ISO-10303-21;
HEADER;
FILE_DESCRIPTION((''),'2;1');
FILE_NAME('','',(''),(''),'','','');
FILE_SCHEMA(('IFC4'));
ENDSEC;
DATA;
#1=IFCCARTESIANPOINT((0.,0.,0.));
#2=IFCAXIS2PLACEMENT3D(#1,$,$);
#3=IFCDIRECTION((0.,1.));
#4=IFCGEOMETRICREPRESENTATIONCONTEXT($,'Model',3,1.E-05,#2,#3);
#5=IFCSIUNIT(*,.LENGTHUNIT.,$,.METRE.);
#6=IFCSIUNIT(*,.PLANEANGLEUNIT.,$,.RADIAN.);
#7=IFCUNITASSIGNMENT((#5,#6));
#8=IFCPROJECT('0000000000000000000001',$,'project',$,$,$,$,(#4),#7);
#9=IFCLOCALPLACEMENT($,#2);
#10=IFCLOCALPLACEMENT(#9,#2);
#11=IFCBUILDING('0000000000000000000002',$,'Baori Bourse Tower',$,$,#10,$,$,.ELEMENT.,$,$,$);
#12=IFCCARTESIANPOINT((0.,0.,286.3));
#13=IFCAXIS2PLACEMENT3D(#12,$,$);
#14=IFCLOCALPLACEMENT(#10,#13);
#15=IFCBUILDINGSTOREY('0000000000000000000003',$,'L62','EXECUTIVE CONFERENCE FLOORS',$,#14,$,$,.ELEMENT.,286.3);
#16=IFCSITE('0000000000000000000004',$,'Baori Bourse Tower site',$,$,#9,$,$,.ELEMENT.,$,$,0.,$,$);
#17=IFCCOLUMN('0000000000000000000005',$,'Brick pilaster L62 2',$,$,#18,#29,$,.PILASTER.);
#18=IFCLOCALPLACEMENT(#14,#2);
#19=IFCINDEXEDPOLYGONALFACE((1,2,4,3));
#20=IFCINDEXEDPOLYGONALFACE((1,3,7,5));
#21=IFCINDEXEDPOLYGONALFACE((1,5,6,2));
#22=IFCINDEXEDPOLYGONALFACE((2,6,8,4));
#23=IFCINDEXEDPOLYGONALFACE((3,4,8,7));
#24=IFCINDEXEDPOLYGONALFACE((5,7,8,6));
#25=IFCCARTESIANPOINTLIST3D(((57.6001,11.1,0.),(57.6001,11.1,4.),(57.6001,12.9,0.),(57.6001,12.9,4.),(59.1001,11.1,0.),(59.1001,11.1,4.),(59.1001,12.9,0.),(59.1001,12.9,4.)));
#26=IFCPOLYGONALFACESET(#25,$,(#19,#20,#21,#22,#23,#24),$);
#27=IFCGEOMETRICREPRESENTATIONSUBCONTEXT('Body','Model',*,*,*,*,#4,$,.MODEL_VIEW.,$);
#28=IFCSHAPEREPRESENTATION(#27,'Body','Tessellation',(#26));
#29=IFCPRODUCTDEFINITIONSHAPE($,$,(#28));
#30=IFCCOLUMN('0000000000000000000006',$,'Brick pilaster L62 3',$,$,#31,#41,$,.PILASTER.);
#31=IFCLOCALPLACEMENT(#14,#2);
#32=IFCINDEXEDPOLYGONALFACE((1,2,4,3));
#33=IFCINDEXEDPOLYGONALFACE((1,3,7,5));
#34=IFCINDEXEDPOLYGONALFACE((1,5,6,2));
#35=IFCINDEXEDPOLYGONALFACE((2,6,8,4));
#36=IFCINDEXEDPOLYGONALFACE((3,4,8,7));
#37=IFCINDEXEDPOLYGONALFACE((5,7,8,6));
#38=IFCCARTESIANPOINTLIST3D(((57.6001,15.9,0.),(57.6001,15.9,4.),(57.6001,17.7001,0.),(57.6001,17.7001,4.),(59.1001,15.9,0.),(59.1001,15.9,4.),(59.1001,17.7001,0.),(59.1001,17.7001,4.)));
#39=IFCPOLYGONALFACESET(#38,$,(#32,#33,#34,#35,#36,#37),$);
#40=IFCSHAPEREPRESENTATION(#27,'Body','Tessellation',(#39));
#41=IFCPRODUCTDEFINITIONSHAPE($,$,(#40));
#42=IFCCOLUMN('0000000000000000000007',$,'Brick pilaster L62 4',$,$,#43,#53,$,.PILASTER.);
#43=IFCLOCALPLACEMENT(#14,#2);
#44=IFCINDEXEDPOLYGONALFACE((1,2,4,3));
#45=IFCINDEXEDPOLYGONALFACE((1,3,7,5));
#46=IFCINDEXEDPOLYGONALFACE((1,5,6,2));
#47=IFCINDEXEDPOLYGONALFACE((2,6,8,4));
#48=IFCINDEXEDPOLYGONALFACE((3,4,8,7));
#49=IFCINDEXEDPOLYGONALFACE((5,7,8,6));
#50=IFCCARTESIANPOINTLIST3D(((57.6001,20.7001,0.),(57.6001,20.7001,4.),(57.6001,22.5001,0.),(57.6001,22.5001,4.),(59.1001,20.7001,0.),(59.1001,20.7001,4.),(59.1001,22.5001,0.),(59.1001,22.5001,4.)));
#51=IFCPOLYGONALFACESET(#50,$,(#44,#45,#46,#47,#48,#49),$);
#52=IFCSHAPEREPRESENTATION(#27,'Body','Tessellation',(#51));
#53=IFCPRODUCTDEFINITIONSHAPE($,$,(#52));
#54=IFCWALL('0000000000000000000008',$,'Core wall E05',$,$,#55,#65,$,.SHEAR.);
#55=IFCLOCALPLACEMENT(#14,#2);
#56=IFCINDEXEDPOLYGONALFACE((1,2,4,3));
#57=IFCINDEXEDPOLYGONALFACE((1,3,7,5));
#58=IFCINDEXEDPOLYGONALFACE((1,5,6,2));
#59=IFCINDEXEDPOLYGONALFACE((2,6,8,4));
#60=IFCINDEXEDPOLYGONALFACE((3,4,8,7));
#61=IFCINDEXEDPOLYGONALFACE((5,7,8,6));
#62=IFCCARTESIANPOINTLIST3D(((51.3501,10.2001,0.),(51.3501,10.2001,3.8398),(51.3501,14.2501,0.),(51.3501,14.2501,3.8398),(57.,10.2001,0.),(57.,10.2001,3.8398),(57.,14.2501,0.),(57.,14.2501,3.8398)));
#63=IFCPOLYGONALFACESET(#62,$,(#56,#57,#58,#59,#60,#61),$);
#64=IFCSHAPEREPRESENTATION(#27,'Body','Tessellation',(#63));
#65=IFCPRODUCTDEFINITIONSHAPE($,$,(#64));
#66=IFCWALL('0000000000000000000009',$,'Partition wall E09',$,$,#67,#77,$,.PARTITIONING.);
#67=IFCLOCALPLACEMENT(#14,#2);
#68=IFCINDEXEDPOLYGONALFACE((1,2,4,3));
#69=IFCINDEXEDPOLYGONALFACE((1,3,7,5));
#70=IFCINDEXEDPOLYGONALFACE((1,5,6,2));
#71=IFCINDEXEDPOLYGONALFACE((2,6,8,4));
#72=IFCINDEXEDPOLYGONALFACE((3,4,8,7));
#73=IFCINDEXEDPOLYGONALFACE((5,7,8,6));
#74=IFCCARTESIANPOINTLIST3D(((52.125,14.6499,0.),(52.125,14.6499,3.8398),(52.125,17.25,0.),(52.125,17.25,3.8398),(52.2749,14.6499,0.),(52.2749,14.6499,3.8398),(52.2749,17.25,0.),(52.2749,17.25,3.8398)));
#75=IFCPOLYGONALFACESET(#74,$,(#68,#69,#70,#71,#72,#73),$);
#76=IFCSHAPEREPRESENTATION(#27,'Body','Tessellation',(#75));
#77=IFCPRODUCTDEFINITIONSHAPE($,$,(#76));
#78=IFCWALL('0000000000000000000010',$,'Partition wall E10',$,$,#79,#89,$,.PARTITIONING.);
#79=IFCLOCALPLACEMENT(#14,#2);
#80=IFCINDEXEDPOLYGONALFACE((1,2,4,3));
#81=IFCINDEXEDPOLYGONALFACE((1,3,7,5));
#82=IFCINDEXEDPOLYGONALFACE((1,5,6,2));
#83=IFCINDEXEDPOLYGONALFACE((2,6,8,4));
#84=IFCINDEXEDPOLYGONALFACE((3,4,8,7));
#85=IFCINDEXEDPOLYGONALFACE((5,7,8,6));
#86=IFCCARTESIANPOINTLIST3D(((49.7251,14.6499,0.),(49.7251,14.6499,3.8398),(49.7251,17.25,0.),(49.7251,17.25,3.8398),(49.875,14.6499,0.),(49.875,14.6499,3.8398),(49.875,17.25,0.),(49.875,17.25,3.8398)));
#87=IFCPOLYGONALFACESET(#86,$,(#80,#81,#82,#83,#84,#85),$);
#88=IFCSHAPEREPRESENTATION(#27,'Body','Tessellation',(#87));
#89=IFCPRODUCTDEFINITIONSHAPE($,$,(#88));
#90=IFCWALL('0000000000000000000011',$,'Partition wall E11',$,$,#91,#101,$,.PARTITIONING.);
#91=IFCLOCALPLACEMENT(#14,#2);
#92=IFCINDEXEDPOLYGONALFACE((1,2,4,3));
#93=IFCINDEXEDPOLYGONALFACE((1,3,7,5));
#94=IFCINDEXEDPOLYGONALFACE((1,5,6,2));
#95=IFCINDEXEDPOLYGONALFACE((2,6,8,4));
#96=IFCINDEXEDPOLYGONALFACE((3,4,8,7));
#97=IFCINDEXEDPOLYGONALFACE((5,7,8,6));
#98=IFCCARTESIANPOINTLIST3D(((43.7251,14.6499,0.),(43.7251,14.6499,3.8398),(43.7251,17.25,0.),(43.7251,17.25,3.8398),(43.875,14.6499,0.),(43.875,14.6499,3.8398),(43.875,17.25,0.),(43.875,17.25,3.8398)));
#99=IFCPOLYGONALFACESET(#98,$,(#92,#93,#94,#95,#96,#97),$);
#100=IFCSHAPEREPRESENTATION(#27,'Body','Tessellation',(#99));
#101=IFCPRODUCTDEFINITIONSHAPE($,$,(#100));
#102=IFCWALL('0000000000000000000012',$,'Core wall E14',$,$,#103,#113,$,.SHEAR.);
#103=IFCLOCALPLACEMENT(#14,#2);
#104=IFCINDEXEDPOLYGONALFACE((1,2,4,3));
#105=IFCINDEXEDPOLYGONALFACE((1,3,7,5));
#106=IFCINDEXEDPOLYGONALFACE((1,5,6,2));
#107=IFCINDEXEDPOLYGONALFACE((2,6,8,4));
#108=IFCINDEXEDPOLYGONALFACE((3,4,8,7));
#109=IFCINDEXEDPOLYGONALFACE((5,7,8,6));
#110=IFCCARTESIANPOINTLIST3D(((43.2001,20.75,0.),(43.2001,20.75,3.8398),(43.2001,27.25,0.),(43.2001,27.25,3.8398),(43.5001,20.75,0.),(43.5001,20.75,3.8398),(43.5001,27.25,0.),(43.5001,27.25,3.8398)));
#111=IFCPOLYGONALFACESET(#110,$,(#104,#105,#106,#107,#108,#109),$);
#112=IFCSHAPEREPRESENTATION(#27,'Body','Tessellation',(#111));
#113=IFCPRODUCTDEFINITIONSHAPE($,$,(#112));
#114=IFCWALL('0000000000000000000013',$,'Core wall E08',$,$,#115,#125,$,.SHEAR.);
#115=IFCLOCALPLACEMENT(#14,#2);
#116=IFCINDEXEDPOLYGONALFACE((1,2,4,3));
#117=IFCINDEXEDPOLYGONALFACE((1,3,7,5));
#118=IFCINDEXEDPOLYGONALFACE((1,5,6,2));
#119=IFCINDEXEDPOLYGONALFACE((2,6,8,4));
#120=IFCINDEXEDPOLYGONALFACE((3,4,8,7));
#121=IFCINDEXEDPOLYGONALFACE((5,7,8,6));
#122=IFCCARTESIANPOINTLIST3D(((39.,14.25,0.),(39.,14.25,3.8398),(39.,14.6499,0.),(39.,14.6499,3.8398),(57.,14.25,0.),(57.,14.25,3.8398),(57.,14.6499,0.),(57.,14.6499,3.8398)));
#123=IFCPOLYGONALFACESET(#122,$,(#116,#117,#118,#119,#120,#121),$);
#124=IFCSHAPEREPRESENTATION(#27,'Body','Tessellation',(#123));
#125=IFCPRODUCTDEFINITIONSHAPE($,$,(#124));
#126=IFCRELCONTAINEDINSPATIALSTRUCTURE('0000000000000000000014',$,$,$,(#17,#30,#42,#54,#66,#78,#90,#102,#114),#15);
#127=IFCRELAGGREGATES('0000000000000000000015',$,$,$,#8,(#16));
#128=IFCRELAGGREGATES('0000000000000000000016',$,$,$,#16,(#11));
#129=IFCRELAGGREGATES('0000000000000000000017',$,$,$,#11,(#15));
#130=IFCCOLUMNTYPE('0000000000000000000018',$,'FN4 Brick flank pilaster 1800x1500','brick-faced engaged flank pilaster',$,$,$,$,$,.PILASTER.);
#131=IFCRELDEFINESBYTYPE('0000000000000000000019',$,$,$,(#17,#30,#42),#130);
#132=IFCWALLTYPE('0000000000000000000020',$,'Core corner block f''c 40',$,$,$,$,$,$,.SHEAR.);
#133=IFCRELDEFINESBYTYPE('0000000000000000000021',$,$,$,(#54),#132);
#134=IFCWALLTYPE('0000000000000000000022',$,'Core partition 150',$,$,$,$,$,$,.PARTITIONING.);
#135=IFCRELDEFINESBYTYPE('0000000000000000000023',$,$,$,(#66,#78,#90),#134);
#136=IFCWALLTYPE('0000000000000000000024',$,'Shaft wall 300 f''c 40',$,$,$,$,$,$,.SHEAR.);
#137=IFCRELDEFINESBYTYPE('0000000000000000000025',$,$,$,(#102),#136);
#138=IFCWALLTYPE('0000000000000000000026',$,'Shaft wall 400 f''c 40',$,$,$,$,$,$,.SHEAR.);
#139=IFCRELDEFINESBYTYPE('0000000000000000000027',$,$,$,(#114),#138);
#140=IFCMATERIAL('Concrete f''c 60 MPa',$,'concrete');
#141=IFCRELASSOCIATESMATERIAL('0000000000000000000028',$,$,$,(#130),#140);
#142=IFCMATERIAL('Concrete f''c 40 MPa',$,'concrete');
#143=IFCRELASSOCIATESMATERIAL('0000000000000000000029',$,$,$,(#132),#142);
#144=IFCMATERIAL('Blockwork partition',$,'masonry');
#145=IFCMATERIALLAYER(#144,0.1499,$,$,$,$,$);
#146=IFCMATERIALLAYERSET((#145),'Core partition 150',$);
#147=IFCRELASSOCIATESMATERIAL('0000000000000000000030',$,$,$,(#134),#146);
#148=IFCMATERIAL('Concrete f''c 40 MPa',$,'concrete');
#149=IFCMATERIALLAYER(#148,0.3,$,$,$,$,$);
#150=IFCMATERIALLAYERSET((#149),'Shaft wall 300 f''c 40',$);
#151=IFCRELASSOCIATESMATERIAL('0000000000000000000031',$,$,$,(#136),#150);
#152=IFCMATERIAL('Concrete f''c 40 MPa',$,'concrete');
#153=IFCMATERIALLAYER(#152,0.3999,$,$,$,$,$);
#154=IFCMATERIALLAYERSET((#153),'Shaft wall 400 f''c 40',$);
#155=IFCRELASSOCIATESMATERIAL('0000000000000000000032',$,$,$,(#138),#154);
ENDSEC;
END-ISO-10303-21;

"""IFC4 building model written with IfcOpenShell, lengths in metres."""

from ifc_helpers import new_model, si_unit, direction, frame, frame_2d, origin, origin_2d, place, context, subcontext, project, spatial, rectangle, extrude, material, layer, layer_set, material_profile, profile_set, type_object, element, save


model = new_model("IFC4")

# Units and contexts
model_context = context("Model", 3, precision=1e-05, world=origin(), true_north=direction((0.0, 1.0)))
body_context = subcontext(model_context, "Body", "Model", "MODEL_VIEW")
ifc_project = project(units=[si_unit("LENGTHUNIT", "METRE"), si_unit("PLANEANGLEUNIT", "RADIAN")], contexts=[model_context])

# Site, building, storey
site_placement = place(None, origin())
site = spatial("IfcSite", under=ifc_project, at=site_placement, Name="Baori Bourse Tower site", CompositionType="ELEMENT", RefElevation=0.0)
building_placement = place(site_placement, origin())
building = spatial("IfcBuilding", under=site, at=building_placement, Name="Baori Bourse Tower", CompositionType="ELEMENT")
storey_placement = place(building_placement, frame((0.0, 0.0, 286.3)))
storey = spatial("IfcBuildingStorey", under=building, at=storey_placement, Name="L62", Description="EXECUTIVE CONFERENCE FLOORS", CompositionType="ELEMENT", Elevation=286.3)

# Columns
ifc_material_1 = material(Name="Concrete f'c 60 MPa", Category="concrete")
ifc_material_profile = material_profile(ifc_material_1, rectangle(XDim=1.8, YDim=1.5, at=origin_2d()), Name="RC 1800x1500")
ifc_profile_set = profile_set([ifc_material_profile], Name="Concrete f'c 60 MPa")
column_type = type_object("IfcColumnType", Name="FN4 Brick flank pilaster 1800x1500", Description="brick-faced engaged flank pilaster", PredefinedType="PILASTER", material=ifc_profile_set)
for number, where, z_axis, x_axis, name in (
    (1, (58.3501, 12.0, 0.0), (0.0, 0.0, 1.0), (0.0, 1.0, 0.0), "Brick pilaster L62 2"),
    (2, (58.3501, 16.8, 0.0), (0.0, 0.0, 1.0), (0.0, 1.0, 0.0), "Brick pilaster L62 3"),
    (3, (58.3501, 21.6001, 0.0), (0.0, 0.0, 1.0), (0.0, 1.0, 0.0), "Brick pilaster L62 4"),
):
    element("IfcColumn", number, at=place(storey_placement, frame(where, z_axis=z_axis, x_axis=x_axis)), inside=storey, type_object=column_type, Name=name, PredefinedType="PILASTER", context=body_context, shape_type="SweptSolid", body=[
        extrude(rectangle(XDim=1.8, YDim=1.5, at=origin_2d()), origin(), (0.0, 0.0, 1.0), 4.0),
    ])

# Walls
ifc_material_2 = material(Name="Concrete f'c 40 MPa", Category="concrete")
wall_type_1 = type_object("IfcWallType", Name="Core corner block f'c 40", PredefinedType="SHEAR", material=ifc_material_2)
wall_1_placement = place(storey_placement, frame((51.3501, 12.2251, 0.0), z_axis=(0.0, 0.0, 1.0), x_axis=(1.0, 0.0, 0.0)))
element("IfcWall", 4, at=wall_1_placement, inside=storey, type_object=wall_type_1, Name="Core wall E05", PredefinedType="SHEAR", context=body_context, shape_type="SweptSolid", body=[
    extrude(rectangle(XDim=5.6499, YDim=4.05, at=frame_2d((2.825, 0.0))), origin(), (0.0, 0.0, 1.0), 3.8398),
])
ifc_material_3 = material(Name="Blockwork partition", Category="masonry")
ifc_layer_1 = layer(ifc_material_3, 0.1499)
ifc_layer_set_1 = layer_set([ifc_layer_1], Name="Core partition 150")
wall_type_2 = type_object("IfcWallType", Name="Core partition 150", PredefinedType="PARTITIONING", material=ifc_layer_set_1)
for number, where, z_axis, x_axis, name in (
    (5, (52.2, 14.6499, 0.0), (0.0, 0.0, 1.0), (0.0, 1.0, 0.0), "Partition wall E09"),
    (6, (49.8, 14.6499, 0.0), (0.0, 0.0, 1.0), (0.0, 1.0, 0.0), "Partition wall E10"),
    (7, (43.8, 14.6499, 0.0), (0.0, 0.0, 1.0), (0.0, 1.0, 0.0), "Partition wall E11"),
):
    element("IfcWall", number, at=place(storey_placement, frame(where, z_axis=z_axis, x_axis=x_axis)), inside=storey, type_object=wall_type_2, Name=name, PredefinedType="PARTITIONING", context=body_context, shape_type="SweptSolid", body=[
        extrude(rectangle(XDim=2.6001, YDim=0.1499, at=frame_2d((1.3, 0.0))), origin(), (0.0, 0.0, 1.0), 3.8398),
    ])
ifc_material_4 = material(Name="Concrete f'c 40 MPa", Category="concrete")
ifc_layer_2 = layer(ifc_material_4, 0.3)
ifc_layer_set_2 = layer_set([ifc_layer_2], Name="Shaft wall 300 f'c 40")
wall_type_3 = type_object("IfcWallType", Name="Shaft wall 300 f'c 40", PredefinedType="SHEAR", material=ifc_layer_set_2)
wall_2_placement = place(storey_placement, frame((43.3501, 20.75, 0.0), z_axis=(0.0, 0.0, 1.0), x_axis=(0.0, 1.0, 0.0)))
element("IfcWall", 8, at=wall_2_placement, inside=storey, type_object=wall_type_3, Name="Core wall E14", PredefinedType="SHEAR", context=body_context, shape_type="SweptSolid", body=[
    extrude(rectangle(XDim=6.5, YDim=0.3, at=frame_2d((3.25, 0.0))), origin(), (0.0, 0.0, 1.0), 3.8398),
])
ifc_material_5 = material(Name="Concrete f'c 40 MPa", Category="concrete")
ifc_layer_3 = layer(ifc_material_5, 0.3999)
ifc_layer_set_3 = layer_set([ifc_layer_3], Name="Shaft wall 400 f'c 40")
wall_type_4 = type_object("IfcWallType", Name="Shaft wall 400 f'c 40", PredefinedType="SHEAR", material=ifc_layer_set_3)
wall_3_placement = place(storey_placement, frame((39.0, 14.45, 0.0), z_axis=(0.0, 0.0, 1.0), x_axis=(1.0, 0.0, 0.0)))
element("IfcWall", 9, at=wall_3_placement, inside=storey, type_object=wall_type_4, Name="Core wall E08", PredefinedType="SHEAR", context=body_context, shape_type="SweptSolid", body=[
    extrude(rectangle(XDim=18.0, YDim=0.3999, at=frame_2d((9.0, 0.0))), origin(), (0.0, 0.0, 1.0), 3.8398),
])

save(model, "model.ifc")
